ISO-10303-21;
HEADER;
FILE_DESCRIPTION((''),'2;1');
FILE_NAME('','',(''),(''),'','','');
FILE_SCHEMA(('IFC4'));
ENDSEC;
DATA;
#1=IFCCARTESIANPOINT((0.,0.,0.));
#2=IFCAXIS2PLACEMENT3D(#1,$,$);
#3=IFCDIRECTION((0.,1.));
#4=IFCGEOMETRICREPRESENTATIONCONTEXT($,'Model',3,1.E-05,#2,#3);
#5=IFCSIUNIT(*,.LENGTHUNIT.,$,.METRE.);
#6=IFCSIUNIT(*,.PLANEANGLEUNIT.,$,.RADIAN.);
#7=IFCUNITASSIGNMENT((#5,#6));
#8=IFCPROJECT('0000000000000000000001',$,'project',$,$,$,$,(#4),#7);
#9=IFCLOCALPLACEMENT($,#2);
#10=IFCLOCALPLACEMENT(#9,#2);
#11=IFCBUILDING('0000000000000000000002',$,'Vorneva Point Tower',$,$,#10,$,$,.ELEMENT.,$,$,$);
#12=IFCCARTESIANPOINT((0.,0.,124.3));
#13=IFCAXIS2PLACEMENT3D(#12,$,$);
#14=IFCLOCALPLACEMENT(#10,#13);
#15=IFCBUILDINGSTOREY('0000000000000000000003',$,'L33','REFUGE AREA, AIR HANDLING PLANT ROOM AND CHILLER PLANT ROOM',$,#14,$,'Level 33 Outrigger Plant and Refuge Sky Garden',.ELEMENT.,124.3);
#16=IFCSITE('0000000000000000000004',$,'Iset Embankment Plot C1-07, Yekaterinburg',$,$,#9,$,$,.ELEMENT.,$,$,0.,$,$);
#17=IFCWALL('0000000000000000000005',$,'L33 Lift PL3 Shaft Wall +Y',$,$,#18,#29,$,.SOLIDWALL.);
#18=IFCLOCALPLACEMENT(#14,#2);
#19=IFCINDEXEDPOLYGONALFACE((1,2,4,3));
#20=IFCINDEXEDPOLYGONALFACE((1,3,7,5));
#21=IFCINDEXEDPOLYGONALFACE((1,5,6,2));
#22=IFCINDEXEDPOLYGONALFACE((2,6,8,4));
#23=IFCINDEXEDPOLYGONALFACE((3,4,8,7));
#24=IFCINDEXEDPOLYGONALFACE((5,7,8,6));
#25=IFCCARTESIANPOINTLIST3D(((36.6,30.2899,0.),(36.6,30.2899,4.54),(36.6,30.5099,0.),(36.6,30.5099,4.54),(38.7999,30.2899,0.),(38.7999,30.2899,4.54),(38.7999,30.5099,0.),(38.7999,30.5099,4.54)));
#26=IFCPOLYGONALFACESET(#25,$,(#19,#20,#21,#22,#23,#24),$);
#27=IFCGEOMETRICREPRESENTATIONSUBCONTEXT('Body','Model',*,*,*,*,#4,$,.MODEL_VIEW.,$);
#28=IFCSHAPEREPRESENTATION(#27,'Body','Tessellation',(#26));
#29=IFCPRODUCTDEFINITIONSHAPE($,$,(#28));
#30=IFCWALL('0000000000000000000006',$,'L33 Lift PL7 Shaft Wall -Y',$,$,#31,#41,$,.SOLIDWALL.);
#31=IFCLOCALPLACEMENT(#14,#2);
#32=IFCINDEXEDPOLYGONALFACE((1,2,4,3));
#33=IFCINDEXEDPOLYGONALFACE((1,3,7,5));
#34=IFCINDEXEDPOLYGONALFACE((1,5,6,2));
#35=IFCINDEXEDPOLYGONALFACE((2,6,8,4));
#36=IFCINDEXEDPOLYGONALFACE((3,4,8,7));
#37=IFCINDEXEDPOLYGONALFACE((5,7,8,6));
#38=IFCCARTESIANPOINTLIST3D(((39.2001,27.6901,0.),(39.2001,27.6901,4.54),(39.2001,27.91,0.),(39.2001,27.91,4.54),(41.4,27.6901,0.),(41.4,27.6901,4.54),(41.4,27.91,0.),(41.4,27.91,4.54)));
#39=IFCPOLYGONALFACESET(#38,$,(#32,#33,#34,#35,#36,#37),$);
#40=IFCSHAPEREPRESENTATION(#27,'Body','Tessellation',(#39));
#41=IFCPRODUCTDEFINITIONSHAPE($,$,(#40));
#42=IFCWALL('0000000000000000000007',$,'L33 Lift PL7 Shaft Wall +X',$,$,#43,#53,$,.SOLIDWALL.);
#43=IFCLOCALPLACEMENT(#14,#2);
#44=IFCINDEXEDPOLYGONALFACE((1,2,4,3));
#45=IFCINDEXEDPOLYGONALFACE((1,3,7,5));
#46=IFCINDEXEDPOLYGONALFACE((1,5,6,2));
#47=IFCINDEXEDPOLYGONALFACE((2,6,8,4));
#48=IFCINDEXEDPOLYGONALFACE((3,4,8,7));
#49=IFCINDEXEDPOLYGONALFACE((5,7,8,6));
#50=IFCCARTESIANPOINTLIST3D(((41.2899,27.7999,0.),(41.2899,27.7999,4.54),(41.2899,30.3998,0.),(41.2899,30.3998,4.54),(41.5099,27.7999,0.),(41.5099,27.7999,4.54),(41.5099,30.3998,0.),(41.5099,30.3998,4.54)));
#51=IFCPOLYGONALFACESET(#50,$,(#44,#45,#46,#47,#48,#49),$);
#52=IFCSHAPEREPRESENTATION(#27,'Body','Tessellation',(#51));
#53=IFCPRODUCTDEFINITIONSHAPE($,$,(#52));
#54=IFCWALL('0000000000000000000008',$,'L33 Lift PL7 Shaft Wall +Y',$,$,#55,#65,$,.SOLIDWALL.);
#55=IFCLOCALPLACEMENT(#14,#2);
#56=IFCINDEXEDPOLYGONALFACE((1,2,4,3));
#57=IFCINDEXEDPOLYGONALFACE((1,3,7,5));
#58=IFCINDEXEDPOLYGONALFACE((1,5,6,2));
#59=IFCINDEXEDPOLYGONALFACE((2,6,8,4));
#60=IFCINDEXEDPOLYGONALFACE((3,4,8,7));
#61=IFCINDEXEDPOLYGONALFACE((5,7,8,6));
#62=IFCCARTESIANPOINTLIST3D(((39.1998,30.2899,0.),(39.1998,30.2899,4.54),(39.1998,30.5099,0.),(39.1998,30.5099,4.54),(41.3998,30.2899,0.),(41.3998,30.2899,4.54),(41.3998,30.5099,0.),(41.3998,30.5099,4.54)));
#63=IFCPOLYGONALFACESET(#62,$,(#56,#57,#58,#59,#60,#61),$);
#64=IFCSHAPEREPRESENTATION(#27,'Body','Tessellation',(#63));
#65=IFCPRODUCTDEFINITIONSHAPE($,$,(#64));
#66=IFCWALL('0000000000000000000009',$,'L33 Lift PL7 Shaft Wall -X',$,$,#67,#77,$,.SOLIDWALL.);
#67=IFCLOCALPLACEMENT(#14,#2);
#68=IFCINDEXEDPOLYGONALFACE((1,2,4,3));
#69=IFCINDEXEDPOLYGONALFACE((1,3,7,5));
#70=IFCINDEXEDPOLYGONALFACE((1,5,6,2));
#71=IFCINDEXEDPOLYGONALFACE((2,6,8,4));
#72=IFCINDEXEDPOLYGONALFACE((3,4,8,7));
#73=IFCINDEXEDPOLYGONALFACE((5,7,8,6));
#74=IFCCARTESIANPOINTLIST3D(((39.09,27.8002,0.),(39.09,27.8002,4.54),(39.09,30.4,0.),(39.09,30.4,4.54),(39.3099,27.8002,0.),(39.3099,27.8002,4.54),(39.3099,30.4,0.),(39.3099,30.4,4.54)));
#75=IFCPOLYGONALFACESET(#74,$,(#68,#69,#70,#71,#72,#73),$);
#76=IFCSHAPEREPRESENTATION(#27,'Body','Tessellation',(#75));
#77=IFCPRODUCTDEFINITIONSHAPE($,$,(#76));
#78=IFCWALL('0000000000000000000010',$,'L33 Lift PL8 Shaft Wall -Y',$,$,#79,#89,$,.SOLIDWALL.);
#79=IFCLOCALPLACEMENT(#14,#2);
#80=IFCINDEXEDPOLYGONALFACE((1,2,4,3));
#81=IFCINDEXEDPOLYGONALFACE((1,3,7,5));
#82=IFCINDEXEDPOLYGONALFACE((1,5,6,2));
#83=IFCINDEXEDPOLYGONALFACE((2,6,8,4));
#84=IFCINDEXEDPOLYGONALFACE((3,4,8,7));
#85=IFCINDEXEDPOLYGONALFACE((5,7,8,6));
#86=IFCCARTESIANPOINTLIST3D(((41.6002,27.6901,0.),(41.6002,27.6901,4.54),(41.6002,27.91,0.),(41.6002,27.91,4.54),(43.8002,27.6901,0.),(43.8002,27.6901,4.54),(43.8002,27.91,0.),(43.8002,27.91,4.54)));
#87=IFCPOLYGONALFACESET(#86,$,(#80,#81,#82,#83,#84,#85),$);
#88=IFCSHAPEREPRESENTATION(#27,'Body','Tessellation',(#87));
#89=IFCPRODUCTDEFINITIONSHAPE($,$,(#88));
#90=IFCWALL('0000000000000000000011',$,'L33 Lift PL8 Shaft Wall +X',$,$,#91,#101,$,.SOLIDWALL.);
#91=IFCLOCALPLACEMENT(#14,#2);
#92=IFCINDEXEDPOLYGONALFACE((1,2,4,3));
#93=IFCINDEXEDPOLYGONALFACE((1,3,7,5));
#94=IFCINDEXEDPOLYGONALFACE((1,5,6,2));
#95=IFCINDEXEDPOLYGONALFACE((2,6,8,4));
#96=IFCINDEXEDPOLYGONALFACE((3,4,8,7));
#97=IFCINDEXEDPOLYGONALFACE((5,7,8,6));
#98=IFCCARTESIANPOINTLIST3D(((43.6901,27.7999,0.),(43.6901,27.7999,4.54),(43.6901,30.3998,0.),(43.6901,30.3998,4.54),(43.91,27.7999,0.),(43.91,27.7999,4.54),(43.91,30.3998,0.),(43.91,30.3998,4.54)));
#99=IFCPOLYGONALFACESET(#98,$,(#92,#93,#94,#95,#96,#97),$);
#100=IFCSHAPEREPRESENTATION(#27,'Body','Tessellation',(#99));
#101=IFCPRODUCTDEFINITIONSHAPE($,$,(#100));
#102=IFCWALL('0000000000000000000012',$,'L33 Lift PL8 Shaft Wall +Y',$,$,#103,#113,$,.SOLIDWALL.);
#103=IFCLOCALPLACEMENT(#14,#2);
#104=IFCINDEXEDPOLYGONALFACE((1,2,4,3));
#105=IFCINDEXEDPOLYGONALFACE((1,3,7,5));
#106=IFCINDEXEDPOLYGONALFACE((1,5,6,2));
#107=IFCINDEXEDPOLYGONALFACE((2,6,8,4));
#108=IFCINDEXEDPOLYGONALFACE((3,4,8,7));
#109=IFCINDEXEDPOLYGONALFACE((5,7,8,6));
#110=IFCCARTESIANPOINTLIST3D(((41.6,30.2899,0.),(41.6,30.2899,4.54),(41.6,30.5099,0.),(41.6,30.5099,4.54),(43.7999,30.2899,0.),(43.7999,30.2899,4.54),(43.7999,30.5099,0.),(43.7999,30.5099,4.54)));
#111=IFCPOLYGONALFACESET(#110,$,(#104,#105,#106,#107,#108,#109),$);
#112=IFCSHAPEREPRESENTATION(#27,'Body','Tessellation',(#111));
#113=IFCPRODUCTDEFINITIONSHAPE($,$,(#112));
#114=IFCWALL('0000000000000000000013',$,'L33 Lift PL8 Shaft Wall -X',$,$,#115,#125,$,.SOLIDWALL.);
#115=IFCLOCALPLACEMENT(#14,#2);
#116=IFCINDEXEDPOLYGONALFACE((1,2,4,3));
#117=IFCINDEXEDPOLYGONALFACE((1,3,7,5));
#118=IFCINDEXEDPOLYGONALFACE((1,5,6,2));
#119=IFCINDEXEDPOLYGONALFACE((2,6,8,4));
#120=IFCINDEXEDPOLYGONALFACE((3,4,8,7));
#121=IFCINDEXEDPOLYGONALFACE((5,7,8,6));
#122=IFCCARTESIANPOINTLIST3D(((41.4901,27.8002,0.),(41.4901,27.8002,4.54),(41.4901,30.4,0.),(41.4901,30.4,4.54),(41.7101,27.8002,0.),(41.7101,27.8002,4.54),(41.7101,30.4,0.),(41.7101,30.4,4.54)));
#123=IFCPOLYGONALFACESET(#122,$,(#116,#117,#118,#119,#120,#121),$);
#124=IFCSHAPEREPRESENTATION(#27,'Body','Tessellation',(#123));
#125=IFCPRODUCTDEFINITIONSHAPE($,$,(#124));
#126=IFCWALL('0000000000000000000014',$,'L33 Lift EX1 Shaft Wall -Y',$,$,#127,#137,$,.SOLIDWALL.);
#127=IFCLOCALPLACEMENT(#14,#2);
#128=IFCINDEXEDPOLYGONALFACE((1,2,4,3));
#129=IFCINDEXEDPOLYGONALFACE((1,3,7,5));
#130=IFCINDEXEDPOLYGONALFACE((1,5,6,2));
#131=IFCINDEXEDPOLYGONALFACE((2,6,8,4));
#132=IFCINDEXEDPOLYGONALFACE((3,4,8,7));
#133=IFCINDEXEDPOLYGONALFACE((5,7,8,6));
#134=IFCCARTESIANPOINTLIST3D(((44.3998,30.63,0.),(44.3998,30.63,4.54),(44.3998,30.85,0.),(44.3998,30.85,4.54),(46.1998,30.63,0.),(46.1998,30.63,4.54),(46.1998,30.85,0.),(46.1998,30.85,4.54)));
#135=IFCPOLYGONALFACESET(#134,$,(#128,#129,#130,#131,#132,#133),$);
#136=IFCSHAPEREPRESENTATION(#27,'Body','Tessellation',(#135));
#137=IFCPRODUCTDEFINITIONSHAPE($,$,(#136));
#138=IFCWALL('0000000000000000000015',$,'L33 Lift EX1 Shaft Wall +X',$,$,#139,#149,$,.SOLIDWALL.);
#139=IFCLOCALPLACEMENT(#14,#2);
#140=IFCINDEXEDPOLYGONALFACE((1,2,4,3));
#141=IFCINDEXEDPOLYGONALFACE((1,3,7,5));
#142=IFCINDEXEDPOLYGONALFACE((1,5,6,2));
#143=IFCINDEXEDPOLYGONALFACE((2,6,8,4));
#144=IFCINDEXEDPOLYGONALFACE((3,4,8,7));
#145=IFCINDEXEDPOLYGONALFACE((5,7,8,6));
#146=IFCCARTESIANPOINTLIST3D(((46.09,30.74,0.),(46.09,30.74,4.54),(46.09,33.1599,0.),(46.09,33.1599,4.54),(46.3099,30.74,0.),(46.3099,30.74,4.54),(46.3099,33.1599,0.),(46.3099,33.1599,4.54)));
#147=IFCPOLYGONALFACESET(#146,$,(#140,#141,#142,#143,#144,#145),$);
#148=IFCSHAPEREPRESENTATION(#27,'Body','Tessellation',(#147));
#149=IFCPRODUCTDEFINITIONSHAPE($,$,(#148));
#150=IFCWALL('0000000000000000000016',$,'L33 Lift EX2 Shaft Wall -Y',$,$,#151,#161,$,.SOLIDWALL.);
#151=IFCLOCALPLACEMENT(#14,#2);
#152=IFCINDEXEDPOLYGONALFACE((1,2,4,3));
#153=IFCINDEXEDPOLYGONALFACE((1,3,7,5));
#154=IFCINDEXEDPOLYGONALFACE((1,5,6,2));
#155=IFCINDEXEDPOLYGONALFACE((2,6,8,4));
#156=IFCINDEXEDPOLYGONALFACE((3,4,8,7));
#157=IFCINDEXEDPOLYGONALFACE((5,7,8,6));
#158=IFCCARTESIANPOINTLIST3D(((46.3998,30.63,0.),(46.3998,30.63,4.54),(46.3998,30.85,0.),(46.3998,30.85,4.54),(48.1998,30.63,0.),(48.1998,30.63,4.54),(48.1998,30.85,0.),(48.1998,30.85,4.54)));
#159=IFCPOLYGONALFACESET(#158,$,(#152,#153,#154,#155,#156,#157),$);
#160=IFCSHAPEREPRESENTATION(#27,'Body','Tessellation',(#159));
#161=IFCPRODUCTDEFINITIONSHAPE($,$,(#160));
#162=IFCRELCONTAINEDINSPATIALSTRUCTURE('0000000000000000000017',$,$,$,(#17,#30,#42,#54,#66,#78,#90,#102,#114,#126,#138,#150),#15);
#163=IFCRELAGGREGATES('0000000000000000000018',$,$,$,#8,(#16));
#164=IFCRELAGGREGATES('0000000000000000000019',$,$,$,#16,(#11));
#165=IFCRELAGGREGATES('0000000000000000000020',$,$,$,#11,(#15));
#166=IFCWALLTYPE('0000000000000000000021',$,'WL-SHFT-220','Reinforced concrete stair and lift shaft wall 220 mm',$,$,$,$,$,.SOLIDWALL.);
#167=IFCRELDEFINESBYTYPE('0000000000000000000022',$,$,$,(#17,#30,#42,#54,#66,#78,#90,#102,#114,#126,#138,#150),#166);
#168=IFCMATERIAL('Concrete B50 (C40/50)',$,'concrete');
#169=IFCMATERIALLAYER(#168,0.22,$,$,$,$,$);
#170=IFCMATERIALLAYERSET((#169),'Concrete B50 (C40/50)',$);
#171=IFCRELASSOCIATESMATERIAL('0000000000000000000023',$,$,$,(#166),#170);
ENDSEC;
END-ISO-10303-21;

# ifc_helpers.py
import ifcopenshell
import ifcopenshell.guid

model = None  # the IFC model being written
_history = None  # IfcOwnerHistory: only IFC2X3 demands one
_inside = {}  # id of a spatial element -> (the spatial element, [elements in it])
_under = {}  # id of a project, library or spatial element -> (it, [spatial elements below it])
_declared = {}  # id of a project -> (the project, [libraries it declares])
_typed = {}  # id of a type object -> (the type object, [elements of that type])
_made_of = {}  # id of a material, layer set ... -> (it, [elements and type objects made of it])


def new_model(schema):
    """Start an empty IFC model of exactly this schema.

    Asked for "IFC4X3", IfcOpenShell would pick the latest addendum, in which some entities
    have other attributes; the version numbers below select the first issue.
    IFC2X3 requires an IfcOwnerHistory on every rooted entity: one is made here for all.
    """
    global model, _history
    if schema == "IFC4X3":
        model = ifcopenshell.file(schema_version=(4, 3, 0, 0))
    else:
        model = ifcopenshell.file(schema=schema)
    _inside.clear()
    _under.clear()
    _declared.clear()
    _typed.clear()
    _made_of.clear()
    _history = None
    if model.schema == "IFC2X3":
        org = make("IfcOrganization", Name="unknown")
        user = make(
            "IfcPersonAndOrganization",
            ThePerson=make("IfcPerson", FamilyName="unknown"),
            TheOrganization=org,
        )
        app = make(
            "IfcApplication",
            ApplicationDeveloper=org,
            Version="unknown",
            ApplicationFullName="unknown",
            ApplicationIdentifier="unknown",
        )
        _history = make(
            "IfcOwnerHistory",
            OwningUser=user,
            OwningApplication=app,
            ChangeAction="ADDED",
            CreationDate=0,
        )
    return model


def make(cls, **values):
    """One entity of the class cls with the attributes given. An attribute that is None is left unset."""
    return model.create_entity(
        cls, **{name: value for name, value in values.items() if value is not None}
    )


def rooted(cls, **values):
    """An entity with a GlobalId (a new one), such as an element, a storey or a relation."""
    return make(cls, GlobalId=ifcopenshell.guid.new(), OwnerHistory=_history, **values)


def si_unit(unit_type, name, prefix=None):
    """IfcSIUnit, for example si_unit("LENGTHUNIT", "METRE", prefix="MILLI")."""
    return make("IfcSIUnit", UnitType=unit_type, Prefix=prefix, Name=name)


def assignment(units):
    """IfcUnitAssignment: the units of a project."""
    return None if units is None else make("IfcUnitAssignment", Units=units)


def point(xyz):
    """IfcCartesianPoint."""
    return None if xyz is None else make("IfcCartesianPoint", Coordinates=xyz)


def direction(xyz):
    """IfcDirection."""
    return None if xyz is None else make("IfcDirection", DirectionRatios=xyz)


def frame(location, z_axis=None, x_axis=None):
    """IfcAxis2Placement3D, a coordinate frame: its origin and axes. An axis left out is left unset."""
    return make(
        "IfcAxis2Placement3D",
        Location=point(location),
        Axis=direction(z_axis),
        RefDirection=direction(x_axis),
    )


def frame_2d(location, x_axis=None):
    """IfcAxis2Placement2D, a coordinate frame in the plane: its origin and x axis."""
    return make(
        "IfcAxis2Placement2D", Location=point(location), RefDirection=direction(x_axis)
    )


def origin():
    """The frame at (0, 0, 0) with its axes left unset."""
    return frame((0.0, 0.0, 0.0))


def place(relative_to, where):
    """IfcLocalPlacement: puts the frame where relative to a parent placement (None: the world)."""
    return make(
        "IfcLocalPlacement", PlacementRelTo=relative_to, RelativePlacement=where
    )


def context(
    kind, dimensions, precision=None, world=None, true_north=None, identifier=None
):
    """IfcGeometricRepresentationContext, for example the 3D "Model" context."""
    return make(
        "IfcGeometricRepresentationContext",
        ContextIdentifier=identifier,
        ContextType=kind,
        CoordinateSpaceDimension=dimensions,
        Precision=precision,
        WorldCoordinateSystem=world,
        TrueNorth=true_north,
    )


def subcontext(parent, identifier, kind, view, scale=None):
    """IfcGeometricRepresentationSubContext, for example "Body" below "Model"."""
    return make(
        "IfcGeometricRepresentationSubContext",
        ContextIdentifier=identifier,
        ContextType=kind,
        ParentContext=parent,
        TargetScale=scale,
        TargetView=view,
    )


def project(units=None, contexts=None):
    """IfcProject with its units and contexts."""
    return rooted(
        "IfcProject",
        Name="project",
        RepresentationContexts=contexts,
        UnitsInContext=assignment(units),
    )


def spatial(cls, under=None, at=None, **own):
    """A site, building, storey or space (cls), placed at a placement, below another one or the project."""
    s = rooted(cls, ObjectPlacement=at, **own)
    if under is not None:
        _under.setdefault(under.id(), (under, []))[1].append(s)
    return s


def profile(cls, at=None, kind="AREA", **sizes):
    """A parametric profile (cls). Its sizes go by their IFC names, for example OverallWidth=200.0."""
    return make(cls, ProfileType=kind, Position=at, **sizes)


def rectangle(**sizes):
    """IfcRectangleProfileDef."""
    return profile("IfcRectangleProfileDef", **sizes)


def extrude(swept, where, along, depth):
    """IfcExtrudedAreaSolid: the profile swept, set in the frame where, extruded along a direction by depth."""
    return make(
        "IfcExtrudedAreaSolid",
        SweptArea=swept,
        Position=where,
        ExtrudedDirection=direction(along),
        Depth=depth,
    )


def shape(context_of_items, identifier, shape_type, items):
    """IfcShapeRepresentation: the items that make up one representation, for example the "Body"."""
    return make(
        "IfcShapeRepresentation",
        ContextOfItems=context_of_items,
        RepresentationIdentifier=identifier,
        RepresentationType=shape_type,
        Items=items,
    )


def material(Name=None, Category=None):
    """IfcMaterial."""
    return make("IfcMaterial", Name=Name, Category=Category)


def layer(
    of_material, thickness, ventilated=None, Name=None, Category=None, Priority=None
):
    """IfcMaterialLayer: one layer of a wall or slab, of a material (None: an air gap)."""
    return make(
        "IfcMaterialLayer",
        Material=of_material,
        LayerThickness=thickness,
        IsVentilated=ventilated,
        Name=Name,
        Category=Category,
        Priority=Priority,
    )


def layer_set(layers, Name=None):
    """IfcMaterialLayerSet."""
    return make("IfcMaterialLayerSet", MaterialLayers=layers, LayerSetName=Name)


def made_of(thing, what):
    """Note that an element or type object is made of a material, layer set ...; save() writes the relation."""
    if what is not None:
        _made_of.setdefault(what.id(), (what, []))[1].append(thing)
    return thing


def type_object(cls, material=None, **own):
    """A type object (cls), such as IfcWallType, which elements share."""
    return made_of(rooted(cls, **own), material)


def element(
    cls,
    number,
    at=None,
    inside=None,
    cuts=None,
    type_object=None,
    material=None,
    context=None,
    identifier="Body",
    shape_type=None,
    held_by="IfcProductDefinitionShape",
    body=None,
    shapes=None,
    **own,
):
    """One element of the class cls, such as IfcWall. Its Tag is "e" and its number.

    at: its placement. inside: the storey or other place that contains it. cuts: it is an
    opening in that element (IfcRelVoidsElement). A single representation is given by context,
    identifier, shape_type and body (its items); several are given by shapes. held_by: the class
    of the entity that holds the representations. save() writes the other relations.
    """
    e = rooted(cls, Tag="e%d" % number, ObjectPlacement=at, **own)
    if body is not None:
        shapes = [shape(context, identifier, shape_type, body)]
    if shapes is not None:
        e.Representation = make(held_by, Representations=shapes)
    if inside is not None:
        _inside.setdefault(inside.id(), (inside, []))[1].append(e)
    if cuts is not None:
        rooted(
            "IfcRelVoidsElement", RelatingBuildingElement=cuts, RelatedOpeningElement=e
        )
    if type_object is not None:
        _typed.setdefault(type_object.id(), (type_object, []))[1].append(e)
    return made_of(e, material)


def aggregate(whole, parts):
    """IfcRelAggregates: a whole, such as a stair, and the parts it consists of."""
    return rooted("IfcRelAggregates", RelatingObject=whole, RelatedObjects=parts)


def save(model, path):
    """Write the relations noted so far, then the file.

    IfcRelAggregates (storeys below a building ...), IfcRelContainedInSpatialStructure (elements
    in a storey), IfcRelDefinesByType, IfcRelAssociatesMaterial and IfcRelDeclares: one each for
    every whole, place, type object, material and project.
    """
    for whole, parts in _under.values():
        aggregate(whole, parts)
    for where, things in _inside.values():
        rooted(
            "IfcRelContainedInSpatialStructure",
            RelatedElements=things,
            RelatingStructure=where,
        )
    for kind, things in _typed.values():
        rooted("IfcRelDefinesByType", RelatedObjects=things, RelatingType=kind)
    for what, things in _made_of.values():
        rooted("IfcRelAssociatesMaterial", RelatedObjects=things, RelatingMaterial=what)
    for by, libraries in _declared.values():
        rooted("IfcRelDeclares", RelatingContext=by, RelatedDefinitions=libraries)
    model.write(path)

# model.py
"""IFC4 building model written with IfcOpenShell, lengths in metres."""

from ifc_helpers import new_model, si_unit, direction, frame, frame_2d, origin, place, context, subcontext, project, spatial, rectangle, extrude, material, layer, layer_set, type_object, element, save


model = new_model("IFC4")

# Units and contexts
model_context = context("Model", 3, precision=1e-05, world=origin(), true_north=direction((0.0, 1.0)))
body_context = subcontext(model_context, "Body", "Model", "MODEL_VIEW")
ifc_project = project(units=[si_unit("LENGTHUNIT", "METRE"), si_unit("PLANEANGLEUNIT", "RADIAN")], contexts=[model_context])

# Site, building, storey
site_placement = place(None, origin())
site = spatial("IfcSite", under=ifc_project, at=site_placement, Name="Iset Embankment Plot C1-07, Yekaterinburg", CompositionType="ELEMENT", RefElevation=0.0)
building_placement = place(site_placement, origin())
building = spatial("IfcBuilding", under=site, at=building_placement, Name="Vorneva Point Tower", CompositionType="ELEMENT")
storey_placement = place(building_placement, frame((0.0, 0.0, 124.3)))
storey = spatial("IfcBuildingStorey", under=building, at=storey_placement, Name="L33", Description="REFUGE AREA, AIR HANDLING PLANT ROOM AND CHILLER PLANT ROOM", LongName="Level 33 Outrigger Plant and Refuge Sky Garden", CompositionType="ELEMENT", Elevation=124.3)

# Walls
ifc_material_1 = material(Name="Concrete B50 (C40/50)", Category="concrete")
ifc_layer_1 = layer(ifc_material_1, 0.22)
ifc_layer_set_1 = layer_set([ifc_layer_1], Name="Concrete B50 (C40/50)")
wall_type_1 = type_object("IfcWallType", Name="WL-SHFT-220", Description="Reinforced concrete stair and lift shaft wall 220 mm", PredefinedType="SOLIDWALL", material=ifc_layer_set_1)
for number, where, z_axis, x_axis, name in (
    (1, (38.8, 30.3999, 0.0), (0.0, 0.0, 1.0), (-1.0, 0.0, 0.0), "L33 Lift PL3 Shaft Wall +Y"),
    (2, (39.2, 27.8, 0.0), (0.0, 0.0, 1.0), (1.0, 0.0, 0.0), "L33 Lift PL7 Shaft Wall -Y"),
):
    element("IfcWall", number, at=place(storey_placement, frame(where, z_axis=z_axis, x_axis=x_axis)), inside=storey, type_object=wall_type_1, Name=name, PredefinedType="SOLIDWALL", context=body_context, shape_type="SweptSolid", body=[
        extrude(rectangle(XDim=2.2, YDim=0.22, at=frame_2d((1.1001, 0.0))), origin(), (0.0, 0.0, 1.0), 4.54),
    ])
wall_1_placement = place(storey_placement, frame((41.3999, 27.8, 0.0), z_axis=(0.0, 0.0, 1.0), x_axis=(0.0, 1.0, 0.0)))
element("IfcWall", 3, at=wall_1_placement, inside=storey, type_object=wall_type_1, Name="L33 Lift PL7 Shaft Wall +X", PredefinedType="SOLIDWALL", context=body_context, shape_type="SweptSolid", body=[
    extrude(rectangle(XDim=2.5999, YDim=0.22, at=frame_2d((1.2998, 0.0))), origin(), (0.0, 0.0, 1.0), 4.54),
])
wall_2_placement = place(storey_placement, frame((41.3999, 30.3999, 0.0), z_axis=(0.0, 0.0, 1.0), x_axis=(-1.0, 0.0, 0.0)))
element("IfcWall", 4, at=wall_2_placement, inside=storey, type_object=wall_type_1, Name="L33 Lift PL7 Shaft Wall +Y", PredefinedType="SOLIDWALL", context=body_context, shape_type="SweptSolid", body=[
    extrude(rectangle(XDim=2.2, YDim=0.22, at=frame_2d((1.1001, 0.0))), origin(), (0.0, 0.0, 1.0), 4.54),
])
wall_3_placement = place(storey_placement, frame((39.2, 30.3999, 0.0), z_axis=(0.0, 0.0, 1.0), x_axis=(0.0, -1.0, 0.0)))
element("IfcWall", 5, at=wall_3_placement, inside=storey, type_object=wall_type_1, Name="L33 Lift PL7 Shaft Wall -X", PredefinedType="SOLIDWALL", context=body_context, shape_type="SweptSolid", body=[
    extrude(rectangle(XDim=2.5999, YDim=0.22, at=frame_2d((1.2998, 0.0))), origin(), (0.0, 0.0, 1.0), 4.54),
])
wall_4_placement = place(storey_placement, frame((41.6001, 27.8, 0.0), z_axis=(0.0, 0.0, 1.0), x_axis=(1.0, 0.0, 0.0)))
element("IfcWall", 6, at=wall_4_placement, inside=storey, type_object=wall_type_1, Name="L33 Lift PL8 Shaft Wall -Y", PredefinedType="SOLIDWALL", context=body_context, shape_type="SweptSolid", body=[
    extrude(rectangle(XDim=2.2, YDim=0.22, at=frame_2d((1.1001, 0.0))), origin(), (0.0, 0.0, 1.0), 4.54),
])
wall_5_placement = place(storey_placement, frame((43.8, 27.8, 0.0), z_axis=(0.0, 0.0, 1.0), x_axis=(0.0, 1.0, 0.0)))
element("IfcWall", 7, at=wall_5_placement, inside=storey, type_object=wall_type_1, Name="L33 Lift PL8 Shaft Wall +X", PredefinedType="SOLIDWALL", context=body_context, shape_type="SweptSolid", body=[
    extrude(rectangle(XDim=2.5999, YDim=0.22, at=frame_2d((1.2998, 0.0))), origin(), (0.0, 0.0, 1.0), 4.54),
])
wall_6_placement = place(storey_placement, frame((43.8, 30.3999, 0.0), z_axis=(0.0, 0.0, 1.0), x_axis=(-1.0, 0.0, 0.0)))
element("IfcWall", 8, at=wall_6_placement, inside=storey, type_object=wall_type_1, Name="L33 Lift PL8 Shaft Wall +Y", PredefinedType="SOLIDWALL", context=body_context, shape_type="SweptSolid", body=[
    extrude(rectangle(XDim=2.2, YDim=0.22, at=frame_2d((1.1001, 0.0))), origin(), (0.0, 0.0, 1.0), 4.54),
])
wall_7_placement = place(storey_placement, frame((41.6001, 30.3999, 0.0), z_axis=(0.0, 0.0, 1.0), x_axis=(0.0, -1.0, 0.0)))
element("IfcWall", 9, at=wall_7_placement, inside=storey, type_object=wall_type_1, Name="L33 Lift PL8 Shaft Wall -X", PredefinedType="SOLIDWALL", context=body_context, shape_type="SweptSolid", body=[
    extrude(rectangle(XDim=2.5999, YDim=0.22, at=frame_2d((1.2998, 0.0))), origin(), (0.0, 0.0, 1.0), 4.54),
])
wall_8_placement = place(storey_placement, frame((44.3999, 30.74, 0.0), z_axis=(0.0, 0.0, 1.0), x_axis=(1.0, 0.0, 0.0)))
element("IfcWall", 10, at=wall_8_placement, inside=storey, type_object=wall_type_1, Name="L33 Lift EX1 Shaft Wall -Y", PredefinedType="SOLIDWALL", context=body_context, shape_type="SweptSolid", body=[
    extrude(rectangle(XDim=1.8, YDim=0.22, at=frame_2d((0.8999, 0.0))), origin(), (0.0, 0.0, 1.0), 4.54),
])
wall_9_placement = place(storey_placement, frame((46.2, 30.74, 0.0), z_axis=(0.0, 0.0, 1.0), x_axis=(0.0, 1.0, 0.0)))
element("IfcWall", 11, at=wall_9_placement, inside=storey, type_object=wall_type_1, Name="L33 Lift EX1 Shaft Wall +X", PredefinedType="SOLIDWALL", context=body_context, shape_type="SweptSolid", body=[
    extrude(rectangle(XDim=2.4199, YDim=0.22, at=frame_2d((1.21, 0.0))), origin(), (0.0, 0.0, 1.0), 4.54),
])
wall_10_placement = place(storey_placement, frame((46.3999, 30.74, 0.0), z_axis=(0.0, 0.0, 1.0), x_axis=(1.0, 0.0, 0.0)))
element("IfcWall", 12, at=wall_10_placement, inside=storey, type_object=wall_type_1, Name="L33 Lift EX2 Shaft Wall -Y", PredefinedType="SOLIDWALL", context=body_context, shape_type="SweptSolid", body=[
    extrude(rectangle(XDim=1.8, YDim=0.22, at=frame_2d((0.8999, 0.0))), origin(), (0.0, 0.0, 1.0), 4.54),
])

save(model, "model.ifc")
